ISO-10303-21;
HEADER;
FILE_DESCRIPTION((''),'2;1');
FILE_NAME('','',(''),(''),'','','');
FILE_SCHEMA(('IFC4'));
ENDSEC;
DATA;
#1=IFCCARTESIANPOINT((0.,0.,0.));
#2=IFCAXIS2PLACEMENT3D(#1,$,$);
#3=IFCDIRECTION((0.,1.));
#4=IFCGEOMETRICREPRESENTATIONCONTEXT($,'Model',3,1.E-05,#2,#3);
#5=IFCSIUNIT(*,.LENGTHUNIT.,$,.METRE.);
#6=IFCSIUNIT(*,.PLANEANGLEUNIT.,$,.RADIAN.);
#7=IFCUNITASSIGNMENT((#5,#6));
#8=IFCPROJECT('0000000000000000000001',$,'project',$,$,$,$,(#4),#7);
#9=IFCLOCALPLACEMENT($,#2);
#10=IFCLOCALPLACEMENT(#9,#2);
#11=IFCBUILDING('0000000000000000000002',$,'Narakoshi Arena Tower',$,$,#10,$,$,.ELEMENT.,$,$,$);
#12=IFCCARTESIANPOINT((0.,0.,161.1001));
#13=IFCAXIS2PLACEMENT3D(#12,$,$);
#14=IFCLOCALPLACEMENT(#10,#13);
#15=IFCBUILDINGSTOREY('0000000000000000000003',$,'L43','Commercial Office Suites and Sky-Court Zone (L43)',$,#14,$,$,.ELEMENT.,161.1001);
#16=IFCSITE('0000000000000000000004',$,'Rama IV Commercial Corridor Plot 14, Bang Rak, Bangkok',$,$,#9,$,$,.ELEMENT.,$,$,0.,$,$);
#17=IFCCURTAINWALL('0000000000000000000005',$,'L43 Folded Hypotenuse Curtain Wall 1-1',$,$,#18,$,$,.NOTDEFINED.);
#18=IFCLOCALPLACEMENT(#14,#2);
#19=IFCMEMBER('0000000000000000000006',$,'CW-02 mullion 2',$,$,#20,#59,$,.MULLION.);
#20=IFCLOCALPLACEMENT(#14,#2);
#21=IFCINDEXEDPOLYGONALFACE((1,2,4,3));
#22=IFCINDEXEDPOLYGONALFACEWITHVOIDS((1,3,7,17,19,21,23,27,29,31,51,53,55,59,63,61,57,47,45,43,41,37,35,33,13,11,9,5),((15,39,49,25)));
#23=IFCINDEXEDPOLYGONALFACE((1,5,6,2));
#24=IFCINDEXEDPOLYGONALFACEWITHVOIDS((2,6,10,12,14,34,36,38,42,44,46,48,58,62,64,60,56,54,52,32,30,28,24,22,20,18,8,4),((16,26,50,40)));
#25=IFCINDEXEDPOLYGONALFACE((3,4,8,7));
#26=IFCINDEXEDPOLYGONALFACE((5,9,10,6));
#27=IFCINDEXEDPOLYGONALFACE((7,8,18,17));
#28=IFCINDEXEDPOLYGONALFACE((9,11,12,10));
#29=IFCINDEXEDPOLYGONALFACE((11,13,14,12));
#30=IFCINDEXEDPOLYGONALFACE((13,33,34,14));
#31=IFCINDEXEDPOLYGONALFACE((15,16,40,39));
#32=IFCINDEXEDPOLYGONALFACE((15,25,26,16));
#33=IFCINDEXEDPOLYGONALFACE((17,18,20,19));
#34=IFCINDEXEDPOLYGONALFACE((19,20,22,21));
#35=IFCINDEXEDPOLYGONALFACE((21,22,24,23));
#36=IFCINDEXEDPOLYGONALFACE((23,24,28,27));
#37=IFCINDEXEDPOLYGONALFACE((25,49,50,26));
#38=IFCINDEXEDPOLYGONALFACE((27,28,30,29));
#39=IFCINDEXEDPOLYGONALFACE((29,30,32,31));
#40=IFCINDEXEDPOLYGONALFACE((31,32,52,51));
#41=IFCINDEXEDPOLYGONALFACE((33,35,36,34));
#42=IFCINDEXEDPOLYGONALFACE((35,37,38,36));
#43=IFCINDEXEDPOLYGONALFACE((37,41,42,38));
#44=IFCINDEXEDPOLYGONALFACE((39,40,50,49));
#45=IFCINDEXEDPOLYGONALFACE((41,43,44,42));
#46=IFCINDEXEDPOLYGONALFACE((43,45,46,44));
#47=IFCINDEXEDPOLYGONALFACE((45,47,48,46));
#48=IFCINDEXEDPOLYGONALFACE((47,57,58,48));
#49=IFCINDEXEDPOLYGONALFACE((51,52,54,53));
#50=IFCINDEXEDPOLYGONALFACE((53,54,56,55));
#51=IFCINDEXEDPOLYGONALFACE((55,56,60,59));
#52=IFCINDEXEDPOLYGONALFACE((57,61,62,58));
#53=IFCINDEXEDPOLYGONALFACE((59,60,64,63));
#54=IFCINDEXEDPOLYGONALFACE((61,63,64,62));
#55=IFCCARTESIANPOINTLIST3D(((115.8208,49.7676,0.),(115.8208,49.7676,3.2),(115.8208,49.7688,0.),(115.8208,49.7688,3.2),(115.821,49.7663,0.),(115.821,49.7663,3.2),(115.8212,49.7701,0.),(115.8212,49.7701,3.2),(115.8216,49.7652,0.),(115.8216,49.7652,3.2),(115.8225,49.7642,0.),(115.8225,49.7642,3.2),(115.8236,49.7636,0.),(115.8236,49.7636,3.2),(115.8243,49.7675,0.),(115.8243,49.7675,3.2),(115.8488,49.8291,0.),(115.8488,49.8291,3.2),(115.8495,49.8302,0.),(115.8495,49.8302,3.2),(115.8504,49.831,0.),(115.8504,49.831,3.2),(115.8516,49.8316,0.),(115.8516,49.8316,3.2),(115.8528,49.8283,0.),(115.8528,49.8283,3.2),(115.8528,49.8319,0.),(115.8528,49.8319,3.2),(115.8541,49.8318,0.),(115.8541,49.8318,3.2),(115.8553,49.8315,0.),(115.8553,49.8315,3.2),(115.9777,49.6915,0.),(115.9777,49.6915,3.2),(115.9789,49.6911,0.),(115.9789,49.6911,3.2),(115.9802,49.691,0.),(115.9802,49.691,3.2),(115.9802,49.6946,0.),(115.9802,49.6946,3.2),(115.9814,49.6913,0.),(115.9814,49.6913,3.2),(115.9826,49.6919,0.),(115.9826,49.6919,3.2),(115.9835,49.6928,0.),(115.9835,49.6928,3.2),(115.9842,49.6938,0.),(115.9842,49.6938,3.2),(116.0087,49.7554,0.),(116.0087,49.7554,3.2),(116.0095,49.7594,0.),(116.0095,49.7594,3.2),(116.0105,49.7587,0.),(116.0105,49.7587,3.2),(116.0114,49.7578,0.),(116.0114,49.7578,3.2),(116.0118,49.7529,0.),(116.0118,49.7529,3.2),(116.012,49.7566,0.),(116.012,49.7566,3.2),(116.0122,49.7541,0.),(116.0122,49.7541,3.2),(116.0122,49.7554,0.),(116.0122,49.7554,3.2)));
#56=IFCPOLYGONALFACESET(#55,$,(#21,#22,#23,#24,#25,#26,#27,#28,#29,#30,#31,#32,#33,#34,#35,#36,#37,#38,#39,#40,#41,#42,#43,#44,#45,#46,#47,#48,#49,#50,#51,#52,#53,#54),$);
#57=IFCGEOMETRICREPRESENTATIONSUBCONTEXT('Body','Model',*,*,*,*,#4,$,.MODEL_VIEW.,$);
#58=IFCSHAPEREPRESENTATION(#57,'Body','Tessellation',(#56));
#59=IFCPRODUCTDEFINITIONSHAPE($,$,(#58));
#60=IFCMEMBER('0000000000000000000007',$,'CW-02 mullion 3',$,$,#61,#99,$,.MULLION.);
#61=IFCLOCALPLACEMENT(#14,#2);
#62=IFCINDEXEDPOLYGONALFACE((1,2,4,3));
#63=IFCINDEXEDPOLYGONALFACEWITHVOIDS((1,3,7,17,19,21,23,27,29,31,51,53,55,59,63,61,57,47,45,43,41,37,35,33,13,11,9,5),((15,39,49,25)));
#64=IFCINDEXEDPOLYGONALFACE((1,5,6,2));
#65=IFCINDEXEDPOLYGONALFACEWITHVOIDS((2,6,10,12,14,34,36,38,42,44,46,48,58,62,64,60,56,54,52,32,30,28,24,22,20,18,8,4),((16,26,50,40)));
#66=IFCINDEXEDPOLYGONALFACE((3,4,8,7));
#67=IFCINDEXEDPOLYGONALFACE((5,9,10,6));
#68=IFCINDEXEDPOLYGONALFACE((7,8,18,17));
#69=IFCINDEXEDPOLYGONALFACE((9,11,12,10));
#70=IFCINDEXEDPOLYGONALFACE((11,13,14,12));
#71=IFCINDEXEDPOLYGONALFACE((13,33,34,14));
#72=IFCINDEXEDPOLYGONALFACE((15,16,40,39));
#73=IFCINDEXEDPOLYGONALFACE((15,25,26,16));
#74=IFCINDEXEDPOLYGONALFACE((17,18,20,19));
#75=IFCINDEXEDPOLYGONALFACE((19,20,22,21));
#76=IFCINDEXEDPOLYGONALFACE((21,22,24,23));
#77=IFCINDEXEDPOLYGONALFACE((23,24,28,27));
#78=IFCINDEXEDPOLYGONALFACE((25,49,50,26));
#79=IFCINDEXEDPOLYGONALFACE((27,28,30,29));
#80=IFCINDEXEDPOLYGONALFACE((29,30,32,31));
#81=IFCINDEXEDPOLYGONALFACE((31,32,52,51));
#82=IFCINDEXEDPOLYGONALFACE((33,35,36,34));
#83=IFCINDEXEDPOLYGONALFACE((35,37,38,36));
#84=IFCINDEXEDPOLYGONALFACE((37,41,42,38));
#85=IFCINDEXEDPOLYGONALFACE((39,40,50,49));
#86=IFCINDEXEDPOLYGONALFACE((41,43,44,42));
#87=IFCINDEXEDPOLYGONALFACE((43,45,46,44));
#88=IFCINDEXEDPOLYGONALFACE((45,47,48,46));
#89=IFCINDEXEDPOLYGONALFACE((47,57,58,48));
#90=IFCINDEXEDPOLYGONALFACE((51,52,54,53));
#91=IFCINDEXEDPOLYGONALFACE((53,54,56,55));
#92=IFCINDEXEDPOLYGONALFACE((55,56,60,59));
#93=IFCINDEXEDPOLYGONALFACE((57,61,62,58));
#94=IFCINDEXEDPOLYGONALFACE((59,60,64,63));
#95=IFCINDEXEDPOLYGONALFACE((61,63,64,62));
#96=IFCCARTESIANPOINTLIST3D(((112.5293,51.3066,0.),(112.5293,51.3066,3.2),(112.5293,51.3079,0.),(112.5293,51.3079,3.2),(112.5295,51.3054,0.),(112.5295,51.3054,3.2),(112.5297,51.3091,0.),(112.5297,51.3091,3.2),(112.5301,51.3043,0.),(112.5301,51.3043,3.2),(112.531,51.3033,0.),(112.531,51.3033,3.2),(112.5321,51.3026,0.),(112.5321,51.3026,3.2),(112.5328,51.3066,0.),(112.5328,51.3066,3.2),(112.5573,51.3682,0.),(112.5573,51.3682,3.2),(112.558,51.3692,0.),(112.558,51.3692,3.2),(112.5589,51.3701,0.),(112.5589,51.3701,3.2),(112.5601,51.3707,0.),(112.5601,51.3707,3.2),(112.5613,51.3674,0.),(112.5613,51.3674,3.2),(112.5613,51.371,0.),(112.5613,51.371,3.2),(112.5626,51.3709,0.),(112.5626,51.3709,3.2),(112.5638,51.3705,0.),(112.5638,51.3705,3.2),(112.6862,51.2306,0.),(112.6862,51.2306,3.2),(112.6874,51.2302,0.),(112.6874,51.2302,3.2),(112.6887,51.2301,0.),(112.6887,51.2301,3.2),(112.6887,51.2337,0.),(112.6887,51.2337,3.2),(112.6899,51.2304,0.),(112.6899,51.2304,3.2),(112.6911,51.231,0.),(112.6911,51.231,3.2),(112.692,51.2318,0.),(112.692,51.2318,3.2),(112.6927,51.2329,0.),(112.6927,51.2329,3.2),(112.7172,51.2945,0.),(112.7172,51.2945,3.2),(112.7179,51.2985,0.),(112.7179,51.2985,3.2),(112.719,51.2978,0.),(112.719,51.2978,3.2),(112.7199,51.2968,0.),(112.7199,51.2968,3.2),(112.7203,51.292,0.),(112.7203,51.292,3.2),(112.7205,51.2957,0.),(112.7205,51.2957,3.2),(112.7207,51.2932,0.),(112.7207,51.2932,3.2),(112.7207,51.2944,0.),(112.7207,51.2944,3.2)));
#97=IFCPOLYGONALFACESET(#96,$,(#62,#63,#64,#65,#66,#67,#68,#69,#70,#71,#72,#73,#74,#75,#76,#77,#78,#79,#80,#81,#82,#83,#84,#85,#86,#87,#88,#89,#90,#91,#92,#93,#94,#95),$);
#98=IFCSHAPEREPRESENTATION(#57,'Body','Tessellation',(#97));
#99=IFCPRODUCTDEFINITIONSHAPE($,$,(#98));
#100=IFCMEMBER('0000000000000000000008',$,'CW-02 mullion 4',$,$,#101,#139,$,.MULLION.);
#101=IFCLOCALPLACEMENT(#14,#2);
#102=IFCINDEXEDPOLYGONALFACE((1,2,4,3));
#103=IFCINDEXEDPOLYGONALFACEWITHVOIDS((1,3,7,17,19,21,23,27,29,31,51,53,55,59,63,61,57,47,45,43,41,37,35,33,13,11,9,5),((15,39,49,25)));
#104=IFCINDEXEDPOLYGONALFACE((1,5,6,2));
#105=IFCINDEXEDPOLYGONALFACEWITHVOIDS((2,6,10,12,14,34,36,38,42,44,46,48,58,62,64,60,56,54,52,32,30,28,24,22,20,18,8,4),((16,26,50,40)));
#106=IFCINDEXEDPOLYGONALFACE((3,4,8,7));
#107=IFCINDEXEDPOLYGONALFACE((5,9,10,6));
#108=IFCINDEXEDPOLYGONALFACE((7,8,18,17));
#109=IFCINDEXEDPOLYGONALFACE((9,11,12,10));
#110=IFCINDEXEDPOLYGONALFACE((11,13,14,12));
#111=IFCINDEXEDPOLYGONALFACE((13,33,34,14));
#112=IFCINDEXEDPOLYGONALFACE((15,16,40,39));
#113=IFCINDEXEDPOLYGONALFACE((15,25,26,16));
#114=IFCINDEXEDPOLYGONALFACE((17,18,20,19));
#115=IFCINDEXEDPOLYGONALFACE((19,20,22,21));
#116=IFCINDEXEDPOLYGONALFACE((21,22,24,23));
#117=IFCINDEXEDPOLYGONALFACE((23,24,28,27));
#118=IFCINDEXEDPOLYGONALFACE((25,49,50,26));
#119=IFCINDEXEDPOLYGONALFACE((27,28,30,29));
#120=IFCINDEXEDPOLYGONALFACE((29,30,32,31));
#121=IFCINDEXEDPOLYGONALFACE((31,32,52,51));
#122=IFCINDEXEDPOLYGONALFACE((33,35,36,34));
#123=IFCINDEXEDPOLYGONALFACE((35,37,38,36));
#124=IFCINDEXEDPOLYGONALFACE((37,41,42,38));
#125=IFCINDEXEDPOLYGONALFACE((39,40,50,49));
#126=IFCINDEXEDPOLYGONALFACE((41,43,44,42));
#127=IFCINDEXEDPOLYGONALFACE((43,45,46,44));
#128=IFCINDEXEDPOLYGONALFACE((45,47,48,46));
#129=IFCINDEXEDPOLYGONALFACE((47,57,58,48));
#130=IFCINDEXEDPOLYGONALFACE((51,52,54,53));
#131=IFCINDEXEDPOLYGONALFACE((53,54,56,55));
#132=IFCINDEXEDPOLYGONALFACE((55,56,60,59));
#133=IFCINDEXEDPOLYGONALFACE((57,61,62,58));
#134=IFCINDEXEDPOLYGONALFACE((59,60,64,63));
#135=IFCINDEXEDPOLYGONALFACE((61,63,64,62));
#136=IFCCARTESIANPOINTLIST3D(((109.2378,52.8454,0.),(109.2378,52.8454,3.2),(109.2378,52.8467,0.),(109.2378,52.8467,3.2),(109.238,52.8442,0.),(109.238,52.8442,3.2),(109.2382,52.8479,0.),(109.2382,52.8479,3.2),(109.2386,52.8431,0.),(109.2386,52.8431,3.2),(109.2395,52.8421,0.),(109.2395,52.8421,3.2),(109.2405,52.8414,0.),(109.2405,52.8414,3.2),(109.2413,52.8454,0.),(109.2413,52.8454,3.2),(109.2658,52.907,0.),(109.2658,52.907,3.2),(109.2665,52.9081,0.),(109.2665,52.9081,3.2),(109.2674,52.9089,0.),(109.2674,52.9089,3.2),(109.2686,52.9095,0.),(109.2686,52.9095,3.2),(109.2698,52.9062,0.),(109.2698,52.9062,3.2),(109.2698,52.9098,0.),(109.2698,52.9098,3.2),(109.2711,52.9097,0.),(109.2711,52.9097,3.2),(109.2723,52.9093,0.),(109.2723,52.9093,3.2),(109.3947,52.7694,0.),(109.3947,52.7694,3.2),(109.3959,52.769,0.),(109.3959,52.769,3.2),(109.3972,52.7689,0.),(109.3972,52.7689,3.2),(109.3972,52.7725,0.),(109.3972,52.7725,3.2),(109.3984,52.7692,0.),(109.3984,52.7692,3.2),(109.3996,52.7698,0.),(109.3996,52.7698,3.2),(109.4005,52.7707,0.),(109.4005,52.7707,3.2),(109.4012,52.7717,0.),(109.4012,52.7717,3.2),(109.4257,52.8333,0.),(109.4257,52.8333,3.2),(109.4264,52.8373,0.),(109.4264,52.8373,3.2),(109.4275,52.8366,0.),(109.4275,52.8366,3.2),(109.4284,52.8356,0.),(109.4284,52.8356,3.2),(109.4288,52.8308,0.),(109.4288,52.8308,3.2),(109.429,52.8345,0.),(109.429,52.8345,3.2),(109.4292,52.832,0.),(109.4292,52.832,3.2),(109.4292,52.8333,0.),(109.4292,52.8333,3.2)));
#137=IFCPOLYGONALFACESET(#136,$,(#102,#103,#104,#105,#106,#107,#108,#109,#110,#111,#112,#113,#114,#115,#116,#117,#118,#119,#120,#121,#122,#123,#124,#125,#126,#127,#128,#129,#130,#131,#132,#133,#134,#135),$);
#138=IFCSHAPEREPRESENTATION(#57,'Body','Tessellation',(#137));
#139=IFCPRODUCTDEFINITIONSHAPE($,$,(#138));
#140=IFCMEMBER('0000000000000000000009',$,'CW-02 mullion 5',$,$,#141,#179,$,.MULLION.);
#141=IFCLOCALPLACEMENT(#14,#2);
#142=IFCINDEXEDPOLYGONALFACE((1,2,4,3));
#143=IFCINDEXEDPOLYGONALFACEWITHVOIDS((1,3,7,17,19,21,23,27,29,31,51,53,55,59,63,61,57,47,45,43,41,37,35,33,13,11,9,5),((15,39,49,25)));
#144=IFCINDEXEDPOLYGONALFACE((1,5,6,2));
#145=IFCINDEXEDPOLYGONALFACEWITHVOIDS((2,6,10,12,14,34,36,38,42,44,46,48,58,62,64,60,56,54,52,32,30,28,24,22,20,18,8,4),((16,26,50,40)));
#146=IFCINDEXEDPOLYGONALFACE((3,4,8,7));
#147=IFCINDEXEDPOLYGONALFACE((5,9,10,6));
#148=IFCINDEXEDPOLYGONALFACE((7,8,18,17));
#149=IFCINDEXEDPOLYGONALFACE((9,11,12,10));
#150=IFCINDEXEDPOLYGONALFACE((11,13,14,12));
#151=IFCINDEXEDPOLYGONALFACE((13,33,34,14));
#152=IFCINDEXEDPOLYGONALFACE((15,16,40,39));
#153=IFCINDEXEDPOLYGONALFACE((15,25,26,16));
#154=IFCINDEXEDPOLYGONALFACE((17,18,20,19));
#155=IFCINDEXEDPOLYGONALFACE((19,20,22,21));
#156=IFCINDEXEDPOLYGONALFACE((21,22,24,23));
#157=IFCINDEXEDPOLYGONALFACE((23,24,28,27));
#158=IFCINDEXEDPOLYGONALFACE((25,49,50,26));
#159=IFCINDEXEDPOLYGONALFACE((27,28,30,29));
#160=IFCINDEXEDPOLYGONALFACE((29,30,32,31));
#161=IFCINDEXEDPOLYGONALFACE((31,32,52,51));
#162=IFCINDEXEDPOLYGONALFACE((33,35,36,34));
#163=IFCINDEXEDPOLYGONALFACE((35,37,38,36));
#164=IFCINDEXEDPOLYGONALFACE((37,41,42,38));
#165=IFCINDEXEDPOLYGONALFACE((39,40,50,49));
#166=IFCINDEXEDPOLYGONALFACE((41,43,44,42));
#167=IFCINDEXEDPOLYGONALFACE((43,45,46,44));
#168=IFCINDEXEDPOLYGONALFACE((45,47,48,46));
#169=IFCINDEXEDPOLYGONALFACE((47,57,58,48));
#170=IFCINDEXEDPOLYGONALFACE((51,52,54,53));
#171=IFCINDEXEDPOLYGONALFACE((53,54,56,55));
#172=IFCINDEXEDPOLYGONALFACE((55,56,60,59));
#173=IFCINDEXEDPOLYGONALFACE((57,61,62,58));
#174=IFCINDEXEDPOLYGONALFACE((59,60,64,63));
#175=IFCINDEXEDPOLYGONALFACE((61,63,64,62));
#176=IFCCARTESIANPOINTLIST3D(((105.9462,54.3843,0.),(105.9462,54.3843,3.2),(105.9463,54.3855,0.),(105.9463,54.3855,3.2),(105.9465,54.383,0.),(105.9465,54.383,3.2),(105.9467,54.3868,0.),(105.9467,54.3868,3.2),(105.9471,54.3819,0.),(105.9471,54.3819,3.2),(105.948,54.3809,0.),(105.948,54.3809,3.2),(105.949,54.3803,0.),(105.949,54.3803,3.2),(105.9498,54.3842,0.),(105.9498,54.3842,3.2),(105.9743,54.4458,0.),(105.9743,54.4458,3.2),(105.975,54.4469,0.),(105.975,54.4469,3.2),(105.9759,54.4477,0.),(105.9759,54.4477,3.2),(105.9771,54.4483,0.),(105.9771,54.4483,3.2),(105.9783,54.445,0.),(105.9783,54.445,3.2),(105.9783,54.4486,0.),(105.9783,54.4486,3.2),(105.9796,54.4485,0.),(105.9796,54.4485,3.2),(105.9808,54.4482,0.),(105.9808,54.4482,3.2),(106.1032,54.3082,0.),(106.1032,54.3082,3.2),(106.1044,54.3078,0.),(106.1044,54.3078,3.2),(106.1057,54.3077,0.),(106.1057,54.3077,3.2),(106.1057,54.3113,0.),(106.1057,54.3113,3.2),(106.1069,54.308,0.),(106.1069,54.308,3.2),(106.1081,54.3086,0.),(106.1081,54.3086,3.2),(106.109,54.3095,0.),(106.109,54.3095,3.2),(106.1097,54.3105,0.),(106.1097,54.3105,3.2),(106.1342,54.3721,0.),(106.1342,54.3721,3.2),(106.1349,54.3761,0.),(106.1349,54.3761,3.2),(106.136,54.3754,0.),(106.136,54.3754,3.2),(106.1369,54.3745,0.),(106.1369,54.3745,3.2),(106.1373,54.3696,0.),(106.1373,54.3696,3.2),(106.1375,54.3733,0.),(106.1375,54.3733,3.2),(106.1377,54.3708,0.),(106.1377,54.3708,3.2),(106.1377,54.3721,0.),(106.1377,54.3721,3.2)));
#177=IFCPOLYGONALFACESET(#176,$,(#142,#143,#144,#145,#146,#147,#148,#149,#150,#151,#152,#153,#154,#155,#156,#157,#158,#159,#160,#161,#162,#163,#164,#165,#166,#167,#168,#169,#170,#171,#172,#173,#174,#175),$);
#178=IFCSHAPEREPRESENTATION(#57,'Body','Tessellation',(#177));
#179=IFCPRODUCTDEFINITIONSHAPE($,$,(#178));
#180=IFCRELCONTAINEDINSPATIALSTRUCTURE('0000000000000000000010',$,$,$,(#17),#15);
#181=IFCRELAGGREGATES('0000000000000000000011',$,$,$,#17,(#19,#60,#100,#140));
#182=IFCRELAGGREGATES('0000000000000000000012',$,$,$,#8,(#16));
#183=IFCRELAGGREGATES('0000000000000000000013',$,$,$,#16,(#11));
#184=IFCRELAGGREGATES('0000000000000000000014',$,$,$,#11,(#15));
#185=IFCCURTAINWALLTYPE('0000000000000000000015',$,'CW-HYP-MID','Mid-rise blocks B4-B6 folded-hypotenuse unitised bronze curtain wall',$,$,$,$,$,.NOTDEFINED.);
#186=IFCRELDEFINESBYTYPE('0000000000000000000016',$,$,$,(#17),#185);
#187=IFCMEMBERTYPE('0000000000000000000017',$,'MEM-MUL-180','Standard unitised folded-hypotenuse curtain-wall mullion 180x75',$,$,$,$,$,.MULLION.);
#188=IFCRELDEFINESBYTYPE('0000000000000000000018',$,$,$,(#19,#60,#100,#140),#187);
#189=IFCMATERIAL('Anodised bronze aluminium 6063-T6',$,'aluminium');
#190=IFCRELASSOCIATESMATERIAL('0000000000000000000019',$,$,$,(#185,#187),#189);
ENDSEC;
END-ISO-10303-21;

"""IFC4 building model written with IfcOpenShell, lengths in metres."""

from ifc_helpers import new_model, si_unit, direction, frame, origin, origin_2d, place, context, subcontext, project, spatial, hollow_rectangle, extrude, material, material_profile, profile_set, type_object, element, aggregate, save


model = new_model("IFC4")

# Units and contexts
model_context = context("Model", 3, precision=1e-05, world=origin(), true_north=direction((0.0, 1.0)))
body_context = subcontext(model_context, "Body", "Model", "MODEL_VIEW")
ifc_project = project(units=[si_unit("LENGTHUNIT", "METRE"), si_unit("PLANEANGLEUNIT", "RADIAN")], contexts=[model_context])

# Site, building, storey
site_placement = place(None, origin())
site = spatial("IfcSite", under=ifc_project, at=site_placement, Name="Rama IV Commercial Corridor Plot 14, Bang Rak, Bangkok", CompositionType="ELEMENT", RefElevation=0.0)
building_placement = place(site_placement, origin())
building = spatial("IfcBuilding", under=site, at=building_placement, Name="Narakoshi Arena Tower", CompositionType="ELEMENT")
storey_placement = place(building_placement, frame((0.0, 0.0, 161.1001)))
storey = spatial("IfcBuildingStorey", under=building, at=storey_placement, Name="L43", Description="Commercial Office Suites and Sky-Court Zone (L43)", CompositionType="ELEMENT", Elevation=161.1001)

# Curtain wall, members
ifc_material_1 = material(Name="Anodised bronze aluminium 6063-T6", Category="aluminium")
curtain_wall_type = type_object("IfcCurtainWallType", Name="CW-HYP-MID", Description="Mid-rise blocks B4-B6 folded-hypotenuse unitised bronze curtain wall", PredefinedType="NOTDEFINED", material=ifc_material_1)
curtain_wall_placement = place(storey_placement, origin())
curtain_wall = element("IfcCurtainWall", 1, at=curtain_wall_placement, inside=storey, type_object=curtain_wall_type, Name="L43 Folded Hypotenuse Curtain Wall 1-1", PredefinedType="NOTDEFINED")
ifc_material_profile_1 = material_profile(ifc_material_1, hollow_rectangle(XDim=0.075, YDim=0.1799, WallThickness=0.0039, OuterFilletRadius=0.0049, at=origin_2d()), Name="MUL180x75x4")
ifc_profile_set_1 = profile_set([ifc_material_profile_1], Name="Anodised bronze aluminium 6063-T6")
member_type_1 = type_object("IfcMemberType", Name="MEM-MUL-180", Description="Standard unitised folded-hypotenuse curtain-wall mullion 180x75", PredefinedType="MULLION", material=ifc_profile_set_1)
member_1_placement = place(storey_placement, frame((115.9165, 49.7615, 0.0), z_axis=(0.0, 0.0, 1.0), x_axis=(-0.423532, -0.905881, 0.0)))
member_1 = element("IfcMember", 2, at=member_1_placement, type_object=member_type_1, Name="CW-02 mullion 2", PredefinedType="MULLION", context=body_context, shape_type="SweptSolid", body=[
    extrude(hollow_rectangle(XDim=0.075, YDim=0.1799, WallThickness=0.0039, OuterFilletRadius=0.0049, at=origin_2d()), origin(), (0.0, 0.0, 1.0), 3.2),
])
member_2_placement = place(storey_placement, frame((112.625, 51.3005, 0.0), z_axis=(0.0, 0.0, 1.0), x_axis=(-0.423532, -0.905881, 0.0)))
member_2 = element("IfcMember", 3, at=member_2_placement, type_object=member_type_1, Name="CW-02 mullion 3", PredefinedType="MULLION", context=body_context, shape_type="SweptSolid", body=[
    extrude(hollow_rectangle(XDim=0.075, YDim=0.1799, WallThickness=0.0039, OuterFilletRadius=0.0049, at=origin_2d()), origin(), (0.0, 0.0, 1.0), 3.2),
])
member_3_placement = place(storey_placement, frame((109.3335, 52.8394, 0.0), z_axis=(0.0, 0.0, 1.0), x_axis=(-0.423532, -0.905881, 0.0)))
member_3 = element("IfcMember", 4, at=member_3_placement, type_object=member_type_1, Name="CW-02 mullion 4", PredefinedType="MULLION", context=body_context, shape_type="SweptSolid", body=[
    extrude(hollow_rectangle(XDim=0.075, YDim=0.1799, WallThickness=0.0039, OuterFilletRadius=0.0049, at=origin_2d()), origin(), (0.0, 0.0, 1.0), 3.2),
])
member_4_placement = place(storey_placement, frame((106.042, 54.3782, 0.0), z_axis=(0.0, 0.0, 1.0), x_axis=(-0.423532, -0.905881, 0.0)))
member_4 = element("IfcMember", 5, at=member_4_placement, type_object=member_type_1, Name="CW-02 mullion 5", PredefinedType="MULLION", context=body_context, shape_type="SweptSolid", body=[
    extrude(hollow_rectangle(XDim=0.075, YDim=0.1799, WallThickness=0.0039, OuterFilletRadius=0.0049, at=origin_2d()), origin(), (0.0, 0.0, 1.0), 3.2),
])
aggregate(curtain_wall, [member_1, member_2, member_3, member_4])

save(model, "model.ifc")
